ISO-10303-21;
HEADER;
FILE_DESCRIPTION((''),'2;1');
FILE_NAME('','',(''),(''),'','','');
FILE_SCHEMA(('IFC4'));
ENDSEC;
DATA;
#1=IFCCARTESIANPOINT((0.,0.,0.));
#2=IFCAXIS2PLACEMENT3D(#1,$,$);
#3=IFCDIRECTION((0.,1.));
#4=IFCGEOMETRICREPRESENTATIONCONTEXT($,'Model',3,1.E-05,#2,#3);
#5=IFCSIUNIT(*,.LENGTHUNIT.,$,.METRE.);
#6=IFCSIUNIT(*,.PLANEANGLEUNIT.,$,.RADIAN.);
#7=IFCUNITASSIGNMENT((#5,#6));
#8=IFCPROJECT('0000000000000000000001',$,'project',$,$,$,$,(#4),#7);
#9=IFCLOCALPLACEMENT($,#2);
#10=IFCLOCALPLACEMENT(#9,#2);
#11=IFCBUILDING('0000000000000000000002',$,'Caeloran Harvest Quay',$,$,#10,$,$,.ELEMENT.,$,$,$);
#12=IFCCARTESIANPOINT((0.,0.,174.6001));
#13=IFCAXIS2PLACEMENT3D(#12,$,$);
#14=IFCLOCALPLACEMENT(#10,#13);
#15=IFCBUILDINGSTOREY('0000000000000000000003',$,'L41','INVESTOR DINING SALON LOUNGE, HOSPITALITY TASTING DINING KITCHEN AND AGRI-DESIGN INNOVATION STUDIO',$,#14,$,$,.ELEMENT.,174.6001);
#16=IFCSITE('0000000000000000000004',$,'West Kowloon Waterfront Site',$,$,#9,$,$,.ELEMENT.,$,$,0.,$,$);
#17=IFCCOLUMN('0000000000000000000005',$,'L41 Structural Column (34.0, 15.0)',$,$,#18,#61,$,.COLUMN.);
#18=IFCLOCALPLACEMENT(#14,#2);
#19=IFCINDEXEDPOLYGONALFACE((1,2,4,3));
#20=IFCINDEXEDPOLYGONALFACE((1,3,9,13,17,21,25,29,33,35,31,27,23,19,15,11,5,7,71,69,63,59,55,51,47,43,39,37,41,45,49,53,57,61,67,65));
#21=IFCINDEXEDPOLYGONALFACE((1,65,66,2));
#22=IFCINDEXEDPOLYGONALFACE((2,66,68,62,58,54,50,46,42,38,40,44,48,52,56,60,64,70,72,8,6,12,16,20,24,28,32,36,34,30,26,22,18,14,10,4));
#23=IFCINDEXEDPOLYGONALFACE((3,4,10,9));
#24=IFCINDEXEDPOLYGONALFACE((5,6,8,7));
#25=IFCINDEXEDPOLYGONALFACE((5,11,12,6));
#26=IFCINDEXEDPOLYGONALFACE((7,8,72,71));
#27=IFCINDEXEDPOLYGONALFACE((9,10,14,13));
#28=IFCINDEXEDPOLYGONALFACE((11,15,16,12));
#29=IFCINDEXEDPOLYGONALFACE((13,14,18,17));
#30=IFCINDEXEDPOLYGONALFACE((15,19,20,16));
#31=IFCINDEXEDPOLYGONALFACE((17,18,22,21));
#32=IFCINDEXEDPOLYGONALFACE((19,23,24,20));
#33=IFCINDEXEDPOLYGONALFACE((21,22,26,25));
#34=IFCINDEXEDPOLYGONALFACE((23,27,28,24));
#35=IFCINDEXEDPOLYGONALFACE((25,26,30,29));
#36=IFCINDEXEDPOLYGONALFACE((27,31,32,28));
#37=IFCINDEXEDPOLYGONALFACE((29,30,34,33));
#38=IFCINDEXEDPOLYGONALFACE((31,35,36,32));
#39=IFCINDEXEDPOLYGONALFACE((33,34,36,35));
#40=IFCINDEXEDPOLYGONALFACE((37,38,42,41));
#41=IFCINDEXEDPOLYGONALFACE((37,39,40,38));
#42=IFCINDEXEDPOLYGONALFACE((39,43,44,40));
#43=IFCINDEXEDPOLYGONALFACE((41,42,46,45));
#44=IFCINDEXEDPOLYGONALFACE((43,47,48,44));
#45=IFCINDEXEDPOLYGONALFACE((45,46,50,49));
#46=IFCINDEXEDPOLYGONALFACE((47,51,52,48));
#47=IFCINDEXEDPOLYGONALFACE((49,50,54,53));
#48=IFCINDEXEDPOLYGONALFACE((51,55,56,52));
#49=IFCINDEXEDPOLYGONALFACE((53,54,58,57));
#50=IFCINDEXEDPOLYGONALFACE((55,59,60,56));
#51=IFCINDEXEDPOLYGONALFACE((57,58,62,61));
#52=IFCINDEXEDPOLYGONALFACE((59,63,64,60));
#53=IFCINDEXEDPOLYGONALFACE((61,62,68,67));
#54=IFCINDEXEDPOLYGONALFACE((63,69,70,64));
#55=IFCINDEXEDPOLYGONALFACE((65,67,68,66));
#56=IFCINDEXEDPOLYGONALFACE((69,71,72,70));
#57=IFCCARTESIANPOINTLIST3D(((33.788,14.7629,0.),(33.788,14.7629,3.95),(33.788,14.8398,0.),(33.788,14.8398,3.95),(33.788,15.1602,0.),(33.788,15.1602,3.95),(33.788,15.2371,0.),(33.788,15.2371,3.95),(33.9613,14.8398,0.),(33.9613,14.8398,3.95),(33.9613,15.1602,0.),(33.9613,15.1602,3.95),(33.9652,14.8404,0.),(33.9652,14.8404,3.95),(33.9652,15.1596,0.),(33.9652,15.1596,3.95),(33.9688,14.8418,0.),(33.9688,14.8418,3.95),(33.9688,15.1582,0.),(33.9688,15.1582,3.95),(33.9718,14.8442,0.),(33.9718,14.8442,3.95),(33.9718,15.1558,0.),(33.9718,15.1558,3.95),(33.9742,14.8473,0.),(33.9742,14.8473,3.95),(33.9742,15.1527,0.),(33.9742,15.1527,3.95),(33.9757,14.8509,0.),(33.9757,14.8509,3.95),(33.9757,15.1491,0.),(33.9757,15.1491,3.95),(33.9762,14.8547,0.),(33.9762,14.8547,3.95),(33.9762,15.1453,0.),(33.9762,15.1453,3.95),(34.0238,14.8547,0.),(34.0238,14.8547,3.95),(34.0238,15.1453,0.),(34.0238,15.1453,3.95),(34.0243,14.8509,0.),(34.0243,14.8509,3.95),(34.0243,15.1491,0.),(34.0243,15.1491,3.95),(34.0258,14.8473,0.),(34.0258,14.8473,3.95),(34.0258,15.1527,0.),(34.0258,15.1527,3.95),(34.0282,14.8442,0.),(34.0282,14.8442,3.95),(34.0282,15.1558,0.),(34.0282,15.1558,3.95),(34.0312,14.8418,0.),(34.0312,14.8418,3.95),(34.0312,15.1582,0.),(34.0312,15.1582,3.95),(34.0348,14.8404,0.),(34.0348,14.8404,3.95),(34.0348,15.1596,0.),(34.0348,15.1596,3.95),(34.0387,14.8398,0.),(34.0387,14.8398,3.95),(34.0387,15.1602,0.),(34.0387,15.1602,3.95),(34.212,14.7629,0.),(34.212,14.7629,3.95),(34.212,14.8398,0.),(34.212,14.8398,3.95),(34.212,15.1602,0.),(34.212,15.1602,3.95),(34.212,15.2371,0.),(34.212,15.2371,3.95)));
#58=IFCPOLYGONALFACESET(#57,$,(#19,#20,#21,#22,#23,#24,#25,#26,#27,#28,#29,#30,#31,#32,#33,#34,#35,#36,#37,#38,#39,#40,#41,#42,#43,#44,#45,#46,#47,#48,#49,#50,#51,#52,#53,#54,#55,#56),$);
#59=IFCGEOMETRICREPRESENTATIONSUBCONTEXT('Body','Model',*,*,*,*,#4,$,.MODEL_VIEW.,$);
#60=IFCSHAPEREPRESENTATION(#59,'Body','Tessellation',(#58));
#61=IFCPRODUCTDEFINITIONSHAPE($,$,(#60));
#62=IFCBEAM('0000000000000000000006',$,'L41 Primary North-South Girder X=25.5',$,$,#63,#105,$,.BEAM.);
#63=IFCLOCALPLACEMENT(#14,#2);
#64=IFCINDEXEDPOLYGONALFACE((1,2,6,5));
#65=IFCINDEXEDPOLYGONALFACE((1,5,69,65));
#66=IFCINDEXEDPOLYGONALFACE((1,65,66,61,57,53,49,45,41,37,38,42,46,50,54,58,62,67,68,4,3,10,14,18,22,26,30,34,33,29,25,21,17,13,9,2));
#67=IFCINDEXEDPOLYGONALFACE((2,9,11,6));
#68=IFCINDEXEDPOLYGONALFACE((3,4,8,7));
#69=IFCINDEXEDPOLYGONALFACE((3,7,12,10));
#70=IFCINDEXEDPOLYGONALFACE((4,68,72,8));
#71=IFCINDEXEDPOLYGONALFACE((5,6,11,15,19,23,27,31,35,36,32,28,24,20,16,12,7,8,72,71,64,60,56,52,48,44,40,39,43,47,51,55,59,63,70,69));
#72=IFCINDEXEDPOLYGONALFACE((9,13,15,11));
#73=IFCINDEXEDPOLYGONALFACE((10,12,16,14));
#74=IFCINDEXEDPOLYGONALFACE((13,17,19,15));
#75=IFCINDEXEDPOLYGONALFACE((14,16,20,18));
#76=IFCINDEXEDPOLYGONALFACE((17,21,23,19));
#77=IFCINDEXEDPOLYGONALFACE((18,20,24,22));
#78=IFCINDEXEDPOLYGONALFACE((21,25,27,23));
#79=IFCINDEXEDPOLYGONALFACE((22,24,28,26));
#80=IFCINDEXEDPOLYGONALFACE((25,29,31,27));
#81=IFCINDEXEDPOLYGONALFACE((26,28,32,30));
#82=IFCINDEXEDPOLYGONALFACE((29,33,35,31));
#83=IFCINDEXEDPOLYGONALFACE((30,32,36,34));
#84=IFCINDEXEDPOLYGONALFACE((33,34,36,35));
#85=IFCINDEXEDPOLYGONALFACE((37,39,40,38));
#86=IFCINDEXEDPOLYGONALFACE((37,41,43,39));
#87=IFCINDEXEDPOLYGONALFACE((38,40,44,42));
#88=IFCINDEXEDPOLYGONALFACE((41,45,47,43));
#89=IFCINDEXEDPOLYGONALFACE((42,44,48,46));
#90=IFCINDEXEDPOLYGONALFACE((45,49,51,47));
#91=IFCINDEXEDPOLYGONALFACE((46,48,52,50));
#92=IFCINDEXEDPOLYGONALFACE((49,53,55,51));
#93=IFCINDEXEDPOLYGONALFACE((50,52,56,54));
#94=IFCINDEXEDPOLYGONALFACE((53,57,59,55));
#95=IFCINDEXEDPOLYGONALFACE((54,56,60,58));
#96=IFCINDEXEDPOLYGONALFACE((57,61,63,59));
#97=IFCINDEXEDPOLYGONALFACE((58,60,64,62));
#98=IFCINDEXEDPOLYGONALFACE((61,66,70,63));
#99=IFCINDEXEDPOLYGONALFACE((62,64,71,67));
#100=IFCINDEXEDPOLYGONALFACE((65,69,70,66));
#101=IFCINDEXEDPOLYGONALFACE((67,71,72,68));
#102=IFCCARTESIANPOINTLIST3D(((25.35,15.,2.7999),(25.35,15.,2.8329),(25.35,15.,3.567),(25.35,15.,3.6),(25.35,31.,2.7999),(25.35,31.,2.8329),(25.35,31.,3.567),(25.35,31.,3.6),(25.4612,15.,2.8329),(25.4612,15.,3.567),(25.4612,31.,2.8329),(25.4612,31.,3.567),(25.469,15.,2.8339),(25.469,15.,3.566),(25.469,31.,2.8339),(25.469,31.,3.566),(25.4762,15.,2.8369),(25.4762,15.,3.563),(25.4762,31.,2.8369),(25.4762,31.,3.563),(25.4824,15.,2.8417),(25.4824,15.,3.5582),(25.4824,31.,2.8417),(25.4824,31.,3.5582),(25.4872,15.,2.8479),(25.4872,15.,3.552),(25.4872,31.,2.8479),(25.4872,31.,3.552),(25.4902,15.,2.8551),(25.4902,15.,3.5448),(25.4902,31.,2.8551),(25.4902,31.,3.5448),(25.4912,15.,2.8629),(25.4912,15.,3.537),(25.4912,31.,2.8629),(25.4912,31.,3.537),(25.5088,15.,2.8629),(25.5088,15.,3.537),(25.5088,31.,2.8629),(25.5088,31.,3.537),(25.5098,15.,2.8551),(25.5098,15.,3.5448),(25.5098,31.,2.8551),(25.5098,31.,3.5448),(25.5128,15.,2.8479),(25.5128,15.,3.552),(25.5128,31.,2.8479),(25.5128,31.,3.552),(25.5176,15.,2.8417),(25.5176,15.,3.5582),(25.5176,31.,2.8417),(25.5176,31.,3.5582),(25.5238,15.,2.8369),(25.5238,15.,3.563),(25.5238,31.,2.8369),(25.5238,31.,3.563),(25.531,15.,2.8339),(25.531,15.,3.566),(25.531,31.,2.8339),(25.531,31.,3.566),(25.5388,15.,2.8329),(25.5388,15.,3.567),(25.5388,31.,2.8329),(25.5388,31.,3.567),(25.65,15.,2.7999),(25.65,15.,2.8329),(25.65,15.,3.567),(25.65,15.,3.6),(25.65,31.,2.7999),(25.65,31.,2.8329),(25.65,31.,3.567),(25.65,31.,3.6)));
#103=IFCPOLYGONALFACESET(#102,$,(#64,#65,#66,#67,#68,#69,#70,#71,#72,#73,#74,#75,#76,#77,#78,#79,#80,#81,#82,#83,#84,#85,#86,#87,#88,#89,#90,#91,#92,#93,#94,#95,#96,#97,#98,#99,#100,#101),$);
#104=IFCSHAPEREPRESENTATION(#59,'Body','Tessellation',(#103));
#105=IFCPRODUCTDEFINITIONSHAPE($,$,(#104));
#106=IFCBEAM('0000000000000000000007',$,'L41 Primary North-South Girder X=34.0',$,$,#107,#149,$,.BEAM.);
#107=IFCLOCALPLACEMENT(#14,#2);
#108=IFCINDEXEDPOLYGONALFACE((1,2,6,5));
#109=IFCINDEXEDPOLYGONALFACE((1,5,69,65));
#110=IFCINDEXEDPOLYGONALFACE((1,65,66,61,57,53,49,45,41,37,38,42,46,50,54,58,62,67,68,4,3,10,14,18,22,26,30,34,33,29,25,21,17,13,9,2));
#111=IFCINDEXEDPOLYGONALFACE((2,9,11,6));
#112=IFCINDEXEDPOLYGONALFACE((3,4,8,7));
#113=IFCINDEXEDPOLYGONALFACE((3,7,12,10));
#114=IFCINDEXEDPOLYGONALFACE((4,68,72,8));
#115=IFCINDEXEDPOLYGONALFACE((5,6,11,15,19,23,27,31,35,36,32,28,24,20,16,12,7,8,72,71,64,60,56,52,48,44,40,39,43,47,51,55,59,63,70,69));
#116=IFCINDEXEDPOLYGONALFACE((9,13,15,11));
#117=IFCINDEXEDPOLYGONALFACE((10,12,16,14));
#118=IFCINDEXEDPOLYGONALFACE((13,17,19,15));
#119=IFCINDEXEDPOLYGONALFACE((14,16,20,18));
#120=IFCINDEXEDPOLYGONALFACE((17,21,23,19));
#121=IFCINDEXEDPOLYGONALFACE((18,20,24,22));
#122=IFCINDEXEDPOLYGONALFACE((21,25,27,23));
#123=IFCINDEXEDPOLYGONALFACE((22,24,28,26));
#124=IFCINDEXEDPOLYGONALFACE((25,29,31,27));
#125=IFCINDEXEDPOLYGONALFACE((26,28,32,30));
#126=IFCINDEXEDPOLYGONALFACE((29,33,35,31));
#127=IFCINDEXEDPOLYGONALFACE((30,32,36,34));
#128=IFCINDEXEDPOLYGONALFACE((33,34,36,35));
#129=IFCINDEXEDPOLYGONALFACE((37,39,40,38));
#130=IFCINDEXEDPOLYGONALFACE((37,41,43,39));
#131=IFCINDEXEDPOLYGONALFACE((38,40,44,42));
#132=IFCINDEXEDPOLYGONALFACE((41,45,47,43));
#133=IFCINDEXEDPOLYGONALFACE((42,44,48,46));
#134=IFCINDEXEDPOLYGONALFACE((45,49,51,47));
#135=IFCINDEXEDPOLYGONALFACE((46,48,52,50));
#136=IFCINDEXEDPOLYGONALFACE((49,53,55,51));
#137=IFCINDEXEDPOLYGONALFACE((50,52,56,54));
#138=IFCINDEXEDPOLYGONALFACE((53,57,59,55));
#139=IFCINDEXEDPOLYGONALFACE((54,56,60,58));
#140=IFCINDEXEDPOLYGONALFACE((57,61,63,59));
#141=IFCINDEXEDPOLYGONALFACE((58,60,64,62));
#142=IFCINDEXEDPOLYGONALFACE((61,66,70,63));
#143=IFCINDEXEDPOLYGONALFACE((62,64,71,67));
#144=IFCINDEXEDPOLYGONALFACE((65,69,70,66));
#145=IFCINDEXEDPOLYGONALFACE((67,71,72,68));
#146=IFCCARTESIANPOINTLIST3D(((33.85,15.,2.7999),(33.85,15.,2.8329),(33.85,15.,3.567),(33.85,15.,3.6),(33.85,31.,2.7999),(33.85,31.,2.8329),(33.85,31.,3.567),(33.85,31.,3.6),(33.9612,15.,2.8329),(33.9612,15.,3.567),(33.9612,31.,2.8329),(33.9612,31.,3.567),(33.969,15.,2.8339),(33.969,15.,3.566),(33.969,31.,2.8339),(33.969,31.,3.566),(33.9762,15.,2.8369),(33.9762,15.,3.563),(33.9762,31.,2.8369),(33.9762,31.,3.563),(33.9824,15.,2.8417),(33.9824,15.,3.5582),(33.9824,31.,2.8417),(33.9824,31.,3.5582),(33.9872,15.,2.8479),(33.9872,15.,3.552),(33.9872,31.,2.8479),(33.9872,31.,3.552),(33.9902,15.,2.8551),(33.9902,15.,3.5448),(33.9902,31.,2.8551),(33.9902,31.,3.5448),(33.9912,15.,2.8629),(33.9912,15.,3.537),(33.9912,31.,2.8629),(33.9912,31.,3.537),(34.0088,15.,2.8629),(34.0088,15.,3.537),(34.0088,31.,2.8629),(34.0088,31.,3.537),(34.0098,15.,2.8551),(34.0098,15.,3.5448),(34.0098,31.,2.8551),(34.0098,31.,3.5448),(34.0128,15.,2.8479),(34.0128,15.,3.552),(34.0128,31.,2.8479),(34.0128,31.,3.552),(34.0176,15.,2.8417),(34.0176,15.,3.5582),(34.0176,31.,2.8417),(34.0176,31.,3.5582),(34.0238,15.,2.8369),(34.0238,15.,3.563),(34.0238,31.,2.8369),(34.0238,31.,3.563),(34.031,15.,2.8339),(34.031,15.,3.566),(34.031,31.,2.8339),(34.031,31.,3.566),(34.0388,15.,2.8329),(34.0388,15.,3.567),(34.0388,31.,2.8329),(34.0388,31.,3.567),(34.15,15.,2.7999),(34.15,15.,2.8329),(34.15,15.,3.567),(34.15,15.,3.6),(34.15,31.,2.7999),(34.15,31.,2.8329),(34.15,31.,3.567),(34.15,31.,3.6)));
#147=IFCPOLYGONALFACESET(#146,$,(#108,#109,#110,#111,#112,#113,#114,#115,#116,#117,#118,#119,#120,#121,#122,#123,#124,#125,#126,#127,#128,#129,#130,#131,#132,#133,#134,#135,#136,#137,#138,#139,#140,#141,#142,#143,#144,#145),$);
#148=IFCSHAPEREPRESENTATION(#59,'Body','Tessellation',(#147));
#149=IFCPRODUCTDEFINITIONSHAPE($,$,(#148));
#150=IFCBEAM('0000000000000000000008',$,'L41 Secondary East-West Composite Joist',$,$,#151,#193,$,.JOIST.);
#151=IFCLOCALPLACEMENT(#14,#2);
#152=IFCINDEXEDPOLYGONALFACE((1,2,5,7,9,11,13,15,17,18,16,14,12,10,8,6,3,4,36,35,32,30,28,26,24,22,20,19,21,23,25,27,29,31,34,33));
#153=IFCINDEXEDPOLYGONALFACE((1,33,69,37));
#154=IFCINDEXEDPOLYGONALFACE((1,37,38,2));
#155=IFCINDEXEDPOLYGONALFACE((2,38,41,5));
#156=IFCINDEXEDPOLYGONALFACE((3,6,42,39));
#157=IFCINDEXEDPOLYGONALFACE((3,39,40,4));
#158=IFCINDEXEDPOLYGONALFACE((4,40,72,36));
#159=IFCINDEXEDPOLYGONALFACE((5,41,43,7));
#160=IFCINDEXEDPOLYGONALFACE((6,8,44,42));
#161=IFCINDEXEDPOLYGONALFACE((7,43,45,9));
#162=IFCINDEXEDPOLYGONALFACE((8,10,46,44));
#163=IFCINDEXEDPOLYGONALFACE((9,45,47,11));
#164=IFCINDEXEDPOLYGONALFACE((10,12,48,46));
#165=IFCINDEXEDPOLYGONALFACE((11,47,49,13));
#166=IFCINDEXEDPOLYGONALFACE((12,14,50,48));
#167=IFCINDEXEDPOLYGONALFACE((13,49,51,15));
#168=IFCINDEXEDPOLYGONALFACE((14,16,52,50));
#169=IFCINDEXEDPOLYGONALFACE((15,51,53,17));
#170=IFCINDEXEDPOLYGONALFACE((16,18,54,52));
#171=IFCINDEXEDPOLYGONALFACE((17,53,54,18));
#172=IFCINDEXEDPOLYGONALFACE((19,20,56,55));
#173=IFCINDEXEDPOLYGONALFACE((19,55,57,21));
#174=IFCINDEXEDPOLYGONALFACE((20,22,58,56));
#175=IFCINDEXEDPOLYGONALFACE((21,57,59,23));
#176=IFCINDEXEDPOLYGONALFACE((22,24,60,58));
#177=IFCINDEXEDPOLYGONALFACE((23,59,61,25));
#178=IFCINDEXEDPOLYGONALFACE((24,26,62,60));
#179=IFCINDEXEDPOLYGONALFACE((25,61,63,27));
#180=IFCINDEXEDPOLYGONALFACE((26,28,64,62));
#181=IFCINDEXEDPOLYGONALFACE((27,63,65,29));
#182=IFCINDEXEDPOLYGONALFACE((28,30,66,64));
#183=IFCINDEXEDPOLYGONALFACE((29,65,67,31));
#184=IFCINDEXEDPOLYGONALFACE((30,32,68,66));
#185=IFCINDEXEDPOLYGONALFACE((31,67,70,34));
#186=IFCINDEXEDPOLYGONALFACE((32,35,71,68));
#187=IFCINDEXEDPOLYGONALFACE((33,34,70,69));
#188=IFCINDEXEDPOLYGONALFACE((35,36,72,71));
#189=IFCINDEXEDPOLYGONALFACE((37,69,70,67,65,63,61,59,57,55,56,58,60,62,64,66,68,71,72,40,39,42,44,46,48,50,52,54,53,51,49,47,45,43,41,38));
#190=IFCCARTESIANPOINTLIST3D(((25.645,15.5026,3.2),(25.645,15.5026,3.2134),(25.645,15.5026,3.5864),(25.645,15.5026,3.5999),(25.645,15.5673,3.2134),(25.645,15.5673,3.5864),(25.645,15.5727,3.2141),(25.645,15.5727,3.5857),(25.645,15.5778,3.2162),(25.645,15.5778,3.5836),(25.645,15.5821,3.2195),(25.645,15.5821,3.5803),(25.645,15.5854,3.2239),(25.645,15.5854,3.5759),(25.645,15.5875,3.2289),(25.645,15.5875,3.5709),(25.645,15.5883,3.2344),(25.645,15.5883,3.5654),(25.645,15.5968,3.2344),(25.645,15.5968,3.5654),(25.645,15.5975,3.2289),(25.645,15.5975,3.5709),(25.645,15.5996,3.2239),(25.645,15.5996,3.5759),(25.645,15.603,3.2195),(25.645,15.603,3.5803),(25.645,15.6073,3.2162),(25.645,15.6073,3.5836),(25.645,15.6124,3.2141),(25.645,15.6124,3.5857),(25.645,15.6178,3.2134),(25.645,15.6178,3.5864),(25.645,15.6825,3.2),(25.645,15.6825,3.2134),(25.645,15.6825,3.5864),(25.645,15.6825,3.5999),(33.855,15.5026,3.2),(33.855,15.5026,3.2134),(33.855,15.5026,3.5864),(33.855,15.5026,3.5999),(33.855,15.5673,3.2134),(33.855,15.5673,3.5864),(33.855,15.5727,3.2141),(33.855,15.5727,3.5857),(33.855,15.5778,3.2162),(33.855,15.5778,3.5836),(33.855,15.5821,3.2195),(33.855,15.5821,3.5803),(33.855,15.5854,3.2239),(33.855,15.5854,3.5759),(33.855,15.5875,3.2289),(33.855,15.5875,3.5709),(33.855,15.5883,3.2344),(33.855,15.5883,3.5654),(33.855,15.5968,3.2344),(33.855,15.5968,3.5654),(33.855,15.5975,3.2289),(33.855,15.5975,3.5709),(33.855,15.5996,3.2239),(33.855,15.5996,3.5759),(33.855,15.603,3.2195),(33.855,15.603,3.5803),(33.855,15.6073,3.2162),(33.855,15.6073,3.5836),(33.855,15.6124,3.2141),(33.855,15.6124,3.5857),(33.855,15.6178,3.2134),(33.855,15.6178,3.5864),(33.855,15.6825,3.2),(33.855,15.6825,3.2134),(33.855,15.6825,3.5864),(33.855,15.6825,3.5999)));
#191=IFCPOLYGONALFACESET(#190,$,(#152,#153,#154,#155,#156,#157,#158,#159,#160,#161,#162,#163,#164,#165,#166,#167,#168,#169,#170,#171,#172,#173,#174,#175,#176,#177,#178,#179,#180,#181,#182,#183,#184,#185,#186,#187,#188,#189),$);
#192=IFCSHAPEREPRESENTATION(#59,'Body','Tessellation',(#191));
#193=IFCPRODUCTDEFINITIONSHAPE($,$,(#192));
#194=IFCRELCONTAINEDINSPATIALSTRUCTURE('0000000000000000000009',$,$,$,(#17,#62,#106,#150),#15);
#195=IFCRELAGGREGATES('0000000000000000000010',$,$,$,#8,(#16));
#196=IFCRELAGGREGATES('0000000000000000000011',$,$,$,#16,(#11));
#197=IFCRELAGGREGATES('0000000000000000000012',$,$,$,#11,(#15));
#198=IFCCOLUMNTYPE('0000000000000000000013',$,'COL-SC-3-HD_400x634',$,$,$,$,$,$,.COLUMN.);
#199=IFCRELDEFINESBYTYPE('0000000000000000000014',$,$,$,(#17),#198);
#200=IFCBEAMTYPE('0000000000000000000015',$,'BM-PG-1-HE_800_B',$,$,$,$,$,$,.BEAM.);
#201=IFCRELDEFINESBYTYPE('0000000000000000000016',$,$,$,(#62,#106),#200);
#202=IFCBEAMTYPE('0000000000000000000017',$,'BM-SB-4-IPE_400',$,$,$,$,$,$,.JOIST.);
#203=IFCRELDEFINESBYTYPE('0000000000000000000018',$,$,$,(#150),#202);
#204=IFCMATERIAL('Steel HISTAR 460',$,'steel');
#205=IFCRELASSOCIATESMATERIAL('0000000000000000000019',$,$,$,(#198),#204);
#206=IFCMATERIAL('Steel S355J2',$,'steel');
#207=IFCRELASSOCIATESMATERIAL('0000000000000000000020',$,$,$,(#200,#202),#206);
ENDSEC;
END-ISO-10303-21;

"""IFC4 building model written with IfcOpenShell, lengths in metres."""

from ifc_helpers import new_model, si_unit, direction, frame, origin, origin_2d, place, context, subcontext, project, spatial, i_section, extrude, material, material_profile, profile_set, type_object, element, save


model = new_model("IFC4")

# Units and contexts
model_context = context("Model", 3, precision=1e-05, world=origin(), true_north=direction((0.0, 1.0)))
body_context = subcontext(model_context, "Body", "Model", "MODEL_VIEW")
ifc_project = project(units=[si_unit("LENGTHUNIT", "METRE"), si_unit("PLANEANGLEUNIT", "RADIAN")], contexts=[model_context])

# Site, building, storey
site_placement = place(None, origin())
site = spatial("IfcSite", under=ifc_project, at=site_placement, Name="West Kowloon Waterfront Site", CompositionType="ELEMENT", RefElevation=0.0)
building_placement = place(site_placement, origin())
building = spatial("IfcBuilding", under=site, at=building_placement, Name="Caeloran Harvest Quay", CompositionType="ELEMENT")
storey_placement = place(building_placement, frame((0.0, 0.0, 174.6001)))
storey = spatial("IfcBuildingStorey", under=building, at=storey_placement, Name="L41", Description="INVESTOR DINING SALON LOUNGE, HOSPITALITY TASTING DINING KITCHEN AND AGRI-DESIGN INNOVATION STUDIO", CompositionType="ELEMENT", Elevation=174.6001)

# Column
ifc_material_1 = material(Name="Steel HISTAR 460", Category="steel")
ifc_material_profile_1 = material_profile(ifc_material_1, i_section(OverallWidth=0.4241, OverallDepth=0.4741, WebThickness=0.0476, FlangeThickness=0.0769, FilletRadius=0.0149, at=origin_2d()), Name="HD 400x634")
ifc_profile_set_1 = profile_set([ifc_material_profile_1], Name="Steel HISTAR 460")
column_type = type_object("IfcColumnType", Name="COL-SC-3-HD_400x634", PredefinedType="COLUMN", material=ifc_profile_set_1)
column_placement = place(storey_placement, frame((34.0, 15.0, 0.0), z_axis=(0.0, 0.0, 1.0), x_axis=(1.0, 0.0, 0.0)))
element("IfcColumn", 1, at=column_placement, inside=storey, type_object=column_type, Name="L41 Structural Column (34.0, 15.0)", PredefinedType="COLUMN", context=body_context, shape_type="SweptSolid", body=[
    extrude(i_section(OverallWidth=0.4241, OverallDepth=0.4741, WebThickness=0.0476, FlangeThickness=0.0769, FilletRadius=0.0149, at=origin_2d()), origin(), (0.0, 0.0, 1.0), 3.95),
])

# Beams
ifc_material_2 = material(Name="Steel S355J2", Category="steel")
ifc_material_profile_2 = material_profile(ifc_material_2, i_section(OverallWidth=0.3, OverallDepth=0.8, WebThickness=0.0176, FlangeThickness=0.033, FilletRadius=0.03, at=origin_2d()), Name="HE 800 B")
ifc_profile_set_2 = profile_set([ifc_material_profile_2], Name="Steel S355J2")
beam_type_1 = type_object("IfcBeamType", Name="BM-PG-1-HE_800_B", PredefinedType="BEAM", material=ifc_profile_set_2)
for number, where, z_axis, x_axis, name in (
    (2, (25.5, 15.0, 3.2), (0.0, 1.0, 0.0), (-1.0, 0.0, 0.0), "L41 Primary North-South Girder X=25.5"),
    (3, (34.0, 15.0, 3.2), (0.0, 1.0, 0.0), (-1.0, 0.0, 0.0), "L41 Primary North-South Girder X=34.0"),
):
    element("IfcBeam", number, at=place(storey_placement, frame(where, z_axis=z_axis, x_axis=x_axis)), inside=storey, type_object=beam_type_1, Name=name, PredefinedType="BEAM", context=body_context, shape_type="SweptSolid", body=[
        extrude(i_section(OverallWidth=0.3, OverallDepth=0.8, WebThickness=0.0176, FlangeThickness=0.033, FilletRadius=0.03, at=origin_2d()), origin(), (0.0, 0.0, 1.0), 16.0),
    ])
ifc_material_profile_3 = material_profile(ifc_material_2, i_section(OverallWidth=0.1799, OverallDepth=0.3999, WebThickness=0.0085, FlangeThickness=0.0134, FilletRadius=0.021, at=origin_2d()), Name="IPE 400")
ifc_profile_set_3 = profile_set([ifc_material_profile_3], Name="Steel S355J2")
beam_type_2 = type_object("IfcBeamType", Name="BM-SB-4-IPE_400", PredefinedType="JOIST", material=ifc_profile_set_3)
for number, where, z_axis, x_axis, name in (
    (4, (25.645, 15.5925, 3.3999), (1.0, 0.0, 0.0), (0.0, 1.0, 0.0), "L41 Secondary East-West Composite Joist"),
):
    element("IfcBeam", number, at=place(storey_placement, frame(where, z_axis=z_axis, x_axis=x_axis)), inside=storey, type_object=beam_type_2, Name=name, PredefinedType="JOIST", context=body_context, shape_type="SweptSolid", body=[
        extrude(i_section(OverallWidth=0.1799, OverallDepth=0.3999, WebThickness=0.0085, FlangeThickness=0.0134, FilletRadius=0.021, at=origin_2d()), origin(), (0.0, 0.0, 1.0), 8.21),
    ])

save(model, "model.ifc")
